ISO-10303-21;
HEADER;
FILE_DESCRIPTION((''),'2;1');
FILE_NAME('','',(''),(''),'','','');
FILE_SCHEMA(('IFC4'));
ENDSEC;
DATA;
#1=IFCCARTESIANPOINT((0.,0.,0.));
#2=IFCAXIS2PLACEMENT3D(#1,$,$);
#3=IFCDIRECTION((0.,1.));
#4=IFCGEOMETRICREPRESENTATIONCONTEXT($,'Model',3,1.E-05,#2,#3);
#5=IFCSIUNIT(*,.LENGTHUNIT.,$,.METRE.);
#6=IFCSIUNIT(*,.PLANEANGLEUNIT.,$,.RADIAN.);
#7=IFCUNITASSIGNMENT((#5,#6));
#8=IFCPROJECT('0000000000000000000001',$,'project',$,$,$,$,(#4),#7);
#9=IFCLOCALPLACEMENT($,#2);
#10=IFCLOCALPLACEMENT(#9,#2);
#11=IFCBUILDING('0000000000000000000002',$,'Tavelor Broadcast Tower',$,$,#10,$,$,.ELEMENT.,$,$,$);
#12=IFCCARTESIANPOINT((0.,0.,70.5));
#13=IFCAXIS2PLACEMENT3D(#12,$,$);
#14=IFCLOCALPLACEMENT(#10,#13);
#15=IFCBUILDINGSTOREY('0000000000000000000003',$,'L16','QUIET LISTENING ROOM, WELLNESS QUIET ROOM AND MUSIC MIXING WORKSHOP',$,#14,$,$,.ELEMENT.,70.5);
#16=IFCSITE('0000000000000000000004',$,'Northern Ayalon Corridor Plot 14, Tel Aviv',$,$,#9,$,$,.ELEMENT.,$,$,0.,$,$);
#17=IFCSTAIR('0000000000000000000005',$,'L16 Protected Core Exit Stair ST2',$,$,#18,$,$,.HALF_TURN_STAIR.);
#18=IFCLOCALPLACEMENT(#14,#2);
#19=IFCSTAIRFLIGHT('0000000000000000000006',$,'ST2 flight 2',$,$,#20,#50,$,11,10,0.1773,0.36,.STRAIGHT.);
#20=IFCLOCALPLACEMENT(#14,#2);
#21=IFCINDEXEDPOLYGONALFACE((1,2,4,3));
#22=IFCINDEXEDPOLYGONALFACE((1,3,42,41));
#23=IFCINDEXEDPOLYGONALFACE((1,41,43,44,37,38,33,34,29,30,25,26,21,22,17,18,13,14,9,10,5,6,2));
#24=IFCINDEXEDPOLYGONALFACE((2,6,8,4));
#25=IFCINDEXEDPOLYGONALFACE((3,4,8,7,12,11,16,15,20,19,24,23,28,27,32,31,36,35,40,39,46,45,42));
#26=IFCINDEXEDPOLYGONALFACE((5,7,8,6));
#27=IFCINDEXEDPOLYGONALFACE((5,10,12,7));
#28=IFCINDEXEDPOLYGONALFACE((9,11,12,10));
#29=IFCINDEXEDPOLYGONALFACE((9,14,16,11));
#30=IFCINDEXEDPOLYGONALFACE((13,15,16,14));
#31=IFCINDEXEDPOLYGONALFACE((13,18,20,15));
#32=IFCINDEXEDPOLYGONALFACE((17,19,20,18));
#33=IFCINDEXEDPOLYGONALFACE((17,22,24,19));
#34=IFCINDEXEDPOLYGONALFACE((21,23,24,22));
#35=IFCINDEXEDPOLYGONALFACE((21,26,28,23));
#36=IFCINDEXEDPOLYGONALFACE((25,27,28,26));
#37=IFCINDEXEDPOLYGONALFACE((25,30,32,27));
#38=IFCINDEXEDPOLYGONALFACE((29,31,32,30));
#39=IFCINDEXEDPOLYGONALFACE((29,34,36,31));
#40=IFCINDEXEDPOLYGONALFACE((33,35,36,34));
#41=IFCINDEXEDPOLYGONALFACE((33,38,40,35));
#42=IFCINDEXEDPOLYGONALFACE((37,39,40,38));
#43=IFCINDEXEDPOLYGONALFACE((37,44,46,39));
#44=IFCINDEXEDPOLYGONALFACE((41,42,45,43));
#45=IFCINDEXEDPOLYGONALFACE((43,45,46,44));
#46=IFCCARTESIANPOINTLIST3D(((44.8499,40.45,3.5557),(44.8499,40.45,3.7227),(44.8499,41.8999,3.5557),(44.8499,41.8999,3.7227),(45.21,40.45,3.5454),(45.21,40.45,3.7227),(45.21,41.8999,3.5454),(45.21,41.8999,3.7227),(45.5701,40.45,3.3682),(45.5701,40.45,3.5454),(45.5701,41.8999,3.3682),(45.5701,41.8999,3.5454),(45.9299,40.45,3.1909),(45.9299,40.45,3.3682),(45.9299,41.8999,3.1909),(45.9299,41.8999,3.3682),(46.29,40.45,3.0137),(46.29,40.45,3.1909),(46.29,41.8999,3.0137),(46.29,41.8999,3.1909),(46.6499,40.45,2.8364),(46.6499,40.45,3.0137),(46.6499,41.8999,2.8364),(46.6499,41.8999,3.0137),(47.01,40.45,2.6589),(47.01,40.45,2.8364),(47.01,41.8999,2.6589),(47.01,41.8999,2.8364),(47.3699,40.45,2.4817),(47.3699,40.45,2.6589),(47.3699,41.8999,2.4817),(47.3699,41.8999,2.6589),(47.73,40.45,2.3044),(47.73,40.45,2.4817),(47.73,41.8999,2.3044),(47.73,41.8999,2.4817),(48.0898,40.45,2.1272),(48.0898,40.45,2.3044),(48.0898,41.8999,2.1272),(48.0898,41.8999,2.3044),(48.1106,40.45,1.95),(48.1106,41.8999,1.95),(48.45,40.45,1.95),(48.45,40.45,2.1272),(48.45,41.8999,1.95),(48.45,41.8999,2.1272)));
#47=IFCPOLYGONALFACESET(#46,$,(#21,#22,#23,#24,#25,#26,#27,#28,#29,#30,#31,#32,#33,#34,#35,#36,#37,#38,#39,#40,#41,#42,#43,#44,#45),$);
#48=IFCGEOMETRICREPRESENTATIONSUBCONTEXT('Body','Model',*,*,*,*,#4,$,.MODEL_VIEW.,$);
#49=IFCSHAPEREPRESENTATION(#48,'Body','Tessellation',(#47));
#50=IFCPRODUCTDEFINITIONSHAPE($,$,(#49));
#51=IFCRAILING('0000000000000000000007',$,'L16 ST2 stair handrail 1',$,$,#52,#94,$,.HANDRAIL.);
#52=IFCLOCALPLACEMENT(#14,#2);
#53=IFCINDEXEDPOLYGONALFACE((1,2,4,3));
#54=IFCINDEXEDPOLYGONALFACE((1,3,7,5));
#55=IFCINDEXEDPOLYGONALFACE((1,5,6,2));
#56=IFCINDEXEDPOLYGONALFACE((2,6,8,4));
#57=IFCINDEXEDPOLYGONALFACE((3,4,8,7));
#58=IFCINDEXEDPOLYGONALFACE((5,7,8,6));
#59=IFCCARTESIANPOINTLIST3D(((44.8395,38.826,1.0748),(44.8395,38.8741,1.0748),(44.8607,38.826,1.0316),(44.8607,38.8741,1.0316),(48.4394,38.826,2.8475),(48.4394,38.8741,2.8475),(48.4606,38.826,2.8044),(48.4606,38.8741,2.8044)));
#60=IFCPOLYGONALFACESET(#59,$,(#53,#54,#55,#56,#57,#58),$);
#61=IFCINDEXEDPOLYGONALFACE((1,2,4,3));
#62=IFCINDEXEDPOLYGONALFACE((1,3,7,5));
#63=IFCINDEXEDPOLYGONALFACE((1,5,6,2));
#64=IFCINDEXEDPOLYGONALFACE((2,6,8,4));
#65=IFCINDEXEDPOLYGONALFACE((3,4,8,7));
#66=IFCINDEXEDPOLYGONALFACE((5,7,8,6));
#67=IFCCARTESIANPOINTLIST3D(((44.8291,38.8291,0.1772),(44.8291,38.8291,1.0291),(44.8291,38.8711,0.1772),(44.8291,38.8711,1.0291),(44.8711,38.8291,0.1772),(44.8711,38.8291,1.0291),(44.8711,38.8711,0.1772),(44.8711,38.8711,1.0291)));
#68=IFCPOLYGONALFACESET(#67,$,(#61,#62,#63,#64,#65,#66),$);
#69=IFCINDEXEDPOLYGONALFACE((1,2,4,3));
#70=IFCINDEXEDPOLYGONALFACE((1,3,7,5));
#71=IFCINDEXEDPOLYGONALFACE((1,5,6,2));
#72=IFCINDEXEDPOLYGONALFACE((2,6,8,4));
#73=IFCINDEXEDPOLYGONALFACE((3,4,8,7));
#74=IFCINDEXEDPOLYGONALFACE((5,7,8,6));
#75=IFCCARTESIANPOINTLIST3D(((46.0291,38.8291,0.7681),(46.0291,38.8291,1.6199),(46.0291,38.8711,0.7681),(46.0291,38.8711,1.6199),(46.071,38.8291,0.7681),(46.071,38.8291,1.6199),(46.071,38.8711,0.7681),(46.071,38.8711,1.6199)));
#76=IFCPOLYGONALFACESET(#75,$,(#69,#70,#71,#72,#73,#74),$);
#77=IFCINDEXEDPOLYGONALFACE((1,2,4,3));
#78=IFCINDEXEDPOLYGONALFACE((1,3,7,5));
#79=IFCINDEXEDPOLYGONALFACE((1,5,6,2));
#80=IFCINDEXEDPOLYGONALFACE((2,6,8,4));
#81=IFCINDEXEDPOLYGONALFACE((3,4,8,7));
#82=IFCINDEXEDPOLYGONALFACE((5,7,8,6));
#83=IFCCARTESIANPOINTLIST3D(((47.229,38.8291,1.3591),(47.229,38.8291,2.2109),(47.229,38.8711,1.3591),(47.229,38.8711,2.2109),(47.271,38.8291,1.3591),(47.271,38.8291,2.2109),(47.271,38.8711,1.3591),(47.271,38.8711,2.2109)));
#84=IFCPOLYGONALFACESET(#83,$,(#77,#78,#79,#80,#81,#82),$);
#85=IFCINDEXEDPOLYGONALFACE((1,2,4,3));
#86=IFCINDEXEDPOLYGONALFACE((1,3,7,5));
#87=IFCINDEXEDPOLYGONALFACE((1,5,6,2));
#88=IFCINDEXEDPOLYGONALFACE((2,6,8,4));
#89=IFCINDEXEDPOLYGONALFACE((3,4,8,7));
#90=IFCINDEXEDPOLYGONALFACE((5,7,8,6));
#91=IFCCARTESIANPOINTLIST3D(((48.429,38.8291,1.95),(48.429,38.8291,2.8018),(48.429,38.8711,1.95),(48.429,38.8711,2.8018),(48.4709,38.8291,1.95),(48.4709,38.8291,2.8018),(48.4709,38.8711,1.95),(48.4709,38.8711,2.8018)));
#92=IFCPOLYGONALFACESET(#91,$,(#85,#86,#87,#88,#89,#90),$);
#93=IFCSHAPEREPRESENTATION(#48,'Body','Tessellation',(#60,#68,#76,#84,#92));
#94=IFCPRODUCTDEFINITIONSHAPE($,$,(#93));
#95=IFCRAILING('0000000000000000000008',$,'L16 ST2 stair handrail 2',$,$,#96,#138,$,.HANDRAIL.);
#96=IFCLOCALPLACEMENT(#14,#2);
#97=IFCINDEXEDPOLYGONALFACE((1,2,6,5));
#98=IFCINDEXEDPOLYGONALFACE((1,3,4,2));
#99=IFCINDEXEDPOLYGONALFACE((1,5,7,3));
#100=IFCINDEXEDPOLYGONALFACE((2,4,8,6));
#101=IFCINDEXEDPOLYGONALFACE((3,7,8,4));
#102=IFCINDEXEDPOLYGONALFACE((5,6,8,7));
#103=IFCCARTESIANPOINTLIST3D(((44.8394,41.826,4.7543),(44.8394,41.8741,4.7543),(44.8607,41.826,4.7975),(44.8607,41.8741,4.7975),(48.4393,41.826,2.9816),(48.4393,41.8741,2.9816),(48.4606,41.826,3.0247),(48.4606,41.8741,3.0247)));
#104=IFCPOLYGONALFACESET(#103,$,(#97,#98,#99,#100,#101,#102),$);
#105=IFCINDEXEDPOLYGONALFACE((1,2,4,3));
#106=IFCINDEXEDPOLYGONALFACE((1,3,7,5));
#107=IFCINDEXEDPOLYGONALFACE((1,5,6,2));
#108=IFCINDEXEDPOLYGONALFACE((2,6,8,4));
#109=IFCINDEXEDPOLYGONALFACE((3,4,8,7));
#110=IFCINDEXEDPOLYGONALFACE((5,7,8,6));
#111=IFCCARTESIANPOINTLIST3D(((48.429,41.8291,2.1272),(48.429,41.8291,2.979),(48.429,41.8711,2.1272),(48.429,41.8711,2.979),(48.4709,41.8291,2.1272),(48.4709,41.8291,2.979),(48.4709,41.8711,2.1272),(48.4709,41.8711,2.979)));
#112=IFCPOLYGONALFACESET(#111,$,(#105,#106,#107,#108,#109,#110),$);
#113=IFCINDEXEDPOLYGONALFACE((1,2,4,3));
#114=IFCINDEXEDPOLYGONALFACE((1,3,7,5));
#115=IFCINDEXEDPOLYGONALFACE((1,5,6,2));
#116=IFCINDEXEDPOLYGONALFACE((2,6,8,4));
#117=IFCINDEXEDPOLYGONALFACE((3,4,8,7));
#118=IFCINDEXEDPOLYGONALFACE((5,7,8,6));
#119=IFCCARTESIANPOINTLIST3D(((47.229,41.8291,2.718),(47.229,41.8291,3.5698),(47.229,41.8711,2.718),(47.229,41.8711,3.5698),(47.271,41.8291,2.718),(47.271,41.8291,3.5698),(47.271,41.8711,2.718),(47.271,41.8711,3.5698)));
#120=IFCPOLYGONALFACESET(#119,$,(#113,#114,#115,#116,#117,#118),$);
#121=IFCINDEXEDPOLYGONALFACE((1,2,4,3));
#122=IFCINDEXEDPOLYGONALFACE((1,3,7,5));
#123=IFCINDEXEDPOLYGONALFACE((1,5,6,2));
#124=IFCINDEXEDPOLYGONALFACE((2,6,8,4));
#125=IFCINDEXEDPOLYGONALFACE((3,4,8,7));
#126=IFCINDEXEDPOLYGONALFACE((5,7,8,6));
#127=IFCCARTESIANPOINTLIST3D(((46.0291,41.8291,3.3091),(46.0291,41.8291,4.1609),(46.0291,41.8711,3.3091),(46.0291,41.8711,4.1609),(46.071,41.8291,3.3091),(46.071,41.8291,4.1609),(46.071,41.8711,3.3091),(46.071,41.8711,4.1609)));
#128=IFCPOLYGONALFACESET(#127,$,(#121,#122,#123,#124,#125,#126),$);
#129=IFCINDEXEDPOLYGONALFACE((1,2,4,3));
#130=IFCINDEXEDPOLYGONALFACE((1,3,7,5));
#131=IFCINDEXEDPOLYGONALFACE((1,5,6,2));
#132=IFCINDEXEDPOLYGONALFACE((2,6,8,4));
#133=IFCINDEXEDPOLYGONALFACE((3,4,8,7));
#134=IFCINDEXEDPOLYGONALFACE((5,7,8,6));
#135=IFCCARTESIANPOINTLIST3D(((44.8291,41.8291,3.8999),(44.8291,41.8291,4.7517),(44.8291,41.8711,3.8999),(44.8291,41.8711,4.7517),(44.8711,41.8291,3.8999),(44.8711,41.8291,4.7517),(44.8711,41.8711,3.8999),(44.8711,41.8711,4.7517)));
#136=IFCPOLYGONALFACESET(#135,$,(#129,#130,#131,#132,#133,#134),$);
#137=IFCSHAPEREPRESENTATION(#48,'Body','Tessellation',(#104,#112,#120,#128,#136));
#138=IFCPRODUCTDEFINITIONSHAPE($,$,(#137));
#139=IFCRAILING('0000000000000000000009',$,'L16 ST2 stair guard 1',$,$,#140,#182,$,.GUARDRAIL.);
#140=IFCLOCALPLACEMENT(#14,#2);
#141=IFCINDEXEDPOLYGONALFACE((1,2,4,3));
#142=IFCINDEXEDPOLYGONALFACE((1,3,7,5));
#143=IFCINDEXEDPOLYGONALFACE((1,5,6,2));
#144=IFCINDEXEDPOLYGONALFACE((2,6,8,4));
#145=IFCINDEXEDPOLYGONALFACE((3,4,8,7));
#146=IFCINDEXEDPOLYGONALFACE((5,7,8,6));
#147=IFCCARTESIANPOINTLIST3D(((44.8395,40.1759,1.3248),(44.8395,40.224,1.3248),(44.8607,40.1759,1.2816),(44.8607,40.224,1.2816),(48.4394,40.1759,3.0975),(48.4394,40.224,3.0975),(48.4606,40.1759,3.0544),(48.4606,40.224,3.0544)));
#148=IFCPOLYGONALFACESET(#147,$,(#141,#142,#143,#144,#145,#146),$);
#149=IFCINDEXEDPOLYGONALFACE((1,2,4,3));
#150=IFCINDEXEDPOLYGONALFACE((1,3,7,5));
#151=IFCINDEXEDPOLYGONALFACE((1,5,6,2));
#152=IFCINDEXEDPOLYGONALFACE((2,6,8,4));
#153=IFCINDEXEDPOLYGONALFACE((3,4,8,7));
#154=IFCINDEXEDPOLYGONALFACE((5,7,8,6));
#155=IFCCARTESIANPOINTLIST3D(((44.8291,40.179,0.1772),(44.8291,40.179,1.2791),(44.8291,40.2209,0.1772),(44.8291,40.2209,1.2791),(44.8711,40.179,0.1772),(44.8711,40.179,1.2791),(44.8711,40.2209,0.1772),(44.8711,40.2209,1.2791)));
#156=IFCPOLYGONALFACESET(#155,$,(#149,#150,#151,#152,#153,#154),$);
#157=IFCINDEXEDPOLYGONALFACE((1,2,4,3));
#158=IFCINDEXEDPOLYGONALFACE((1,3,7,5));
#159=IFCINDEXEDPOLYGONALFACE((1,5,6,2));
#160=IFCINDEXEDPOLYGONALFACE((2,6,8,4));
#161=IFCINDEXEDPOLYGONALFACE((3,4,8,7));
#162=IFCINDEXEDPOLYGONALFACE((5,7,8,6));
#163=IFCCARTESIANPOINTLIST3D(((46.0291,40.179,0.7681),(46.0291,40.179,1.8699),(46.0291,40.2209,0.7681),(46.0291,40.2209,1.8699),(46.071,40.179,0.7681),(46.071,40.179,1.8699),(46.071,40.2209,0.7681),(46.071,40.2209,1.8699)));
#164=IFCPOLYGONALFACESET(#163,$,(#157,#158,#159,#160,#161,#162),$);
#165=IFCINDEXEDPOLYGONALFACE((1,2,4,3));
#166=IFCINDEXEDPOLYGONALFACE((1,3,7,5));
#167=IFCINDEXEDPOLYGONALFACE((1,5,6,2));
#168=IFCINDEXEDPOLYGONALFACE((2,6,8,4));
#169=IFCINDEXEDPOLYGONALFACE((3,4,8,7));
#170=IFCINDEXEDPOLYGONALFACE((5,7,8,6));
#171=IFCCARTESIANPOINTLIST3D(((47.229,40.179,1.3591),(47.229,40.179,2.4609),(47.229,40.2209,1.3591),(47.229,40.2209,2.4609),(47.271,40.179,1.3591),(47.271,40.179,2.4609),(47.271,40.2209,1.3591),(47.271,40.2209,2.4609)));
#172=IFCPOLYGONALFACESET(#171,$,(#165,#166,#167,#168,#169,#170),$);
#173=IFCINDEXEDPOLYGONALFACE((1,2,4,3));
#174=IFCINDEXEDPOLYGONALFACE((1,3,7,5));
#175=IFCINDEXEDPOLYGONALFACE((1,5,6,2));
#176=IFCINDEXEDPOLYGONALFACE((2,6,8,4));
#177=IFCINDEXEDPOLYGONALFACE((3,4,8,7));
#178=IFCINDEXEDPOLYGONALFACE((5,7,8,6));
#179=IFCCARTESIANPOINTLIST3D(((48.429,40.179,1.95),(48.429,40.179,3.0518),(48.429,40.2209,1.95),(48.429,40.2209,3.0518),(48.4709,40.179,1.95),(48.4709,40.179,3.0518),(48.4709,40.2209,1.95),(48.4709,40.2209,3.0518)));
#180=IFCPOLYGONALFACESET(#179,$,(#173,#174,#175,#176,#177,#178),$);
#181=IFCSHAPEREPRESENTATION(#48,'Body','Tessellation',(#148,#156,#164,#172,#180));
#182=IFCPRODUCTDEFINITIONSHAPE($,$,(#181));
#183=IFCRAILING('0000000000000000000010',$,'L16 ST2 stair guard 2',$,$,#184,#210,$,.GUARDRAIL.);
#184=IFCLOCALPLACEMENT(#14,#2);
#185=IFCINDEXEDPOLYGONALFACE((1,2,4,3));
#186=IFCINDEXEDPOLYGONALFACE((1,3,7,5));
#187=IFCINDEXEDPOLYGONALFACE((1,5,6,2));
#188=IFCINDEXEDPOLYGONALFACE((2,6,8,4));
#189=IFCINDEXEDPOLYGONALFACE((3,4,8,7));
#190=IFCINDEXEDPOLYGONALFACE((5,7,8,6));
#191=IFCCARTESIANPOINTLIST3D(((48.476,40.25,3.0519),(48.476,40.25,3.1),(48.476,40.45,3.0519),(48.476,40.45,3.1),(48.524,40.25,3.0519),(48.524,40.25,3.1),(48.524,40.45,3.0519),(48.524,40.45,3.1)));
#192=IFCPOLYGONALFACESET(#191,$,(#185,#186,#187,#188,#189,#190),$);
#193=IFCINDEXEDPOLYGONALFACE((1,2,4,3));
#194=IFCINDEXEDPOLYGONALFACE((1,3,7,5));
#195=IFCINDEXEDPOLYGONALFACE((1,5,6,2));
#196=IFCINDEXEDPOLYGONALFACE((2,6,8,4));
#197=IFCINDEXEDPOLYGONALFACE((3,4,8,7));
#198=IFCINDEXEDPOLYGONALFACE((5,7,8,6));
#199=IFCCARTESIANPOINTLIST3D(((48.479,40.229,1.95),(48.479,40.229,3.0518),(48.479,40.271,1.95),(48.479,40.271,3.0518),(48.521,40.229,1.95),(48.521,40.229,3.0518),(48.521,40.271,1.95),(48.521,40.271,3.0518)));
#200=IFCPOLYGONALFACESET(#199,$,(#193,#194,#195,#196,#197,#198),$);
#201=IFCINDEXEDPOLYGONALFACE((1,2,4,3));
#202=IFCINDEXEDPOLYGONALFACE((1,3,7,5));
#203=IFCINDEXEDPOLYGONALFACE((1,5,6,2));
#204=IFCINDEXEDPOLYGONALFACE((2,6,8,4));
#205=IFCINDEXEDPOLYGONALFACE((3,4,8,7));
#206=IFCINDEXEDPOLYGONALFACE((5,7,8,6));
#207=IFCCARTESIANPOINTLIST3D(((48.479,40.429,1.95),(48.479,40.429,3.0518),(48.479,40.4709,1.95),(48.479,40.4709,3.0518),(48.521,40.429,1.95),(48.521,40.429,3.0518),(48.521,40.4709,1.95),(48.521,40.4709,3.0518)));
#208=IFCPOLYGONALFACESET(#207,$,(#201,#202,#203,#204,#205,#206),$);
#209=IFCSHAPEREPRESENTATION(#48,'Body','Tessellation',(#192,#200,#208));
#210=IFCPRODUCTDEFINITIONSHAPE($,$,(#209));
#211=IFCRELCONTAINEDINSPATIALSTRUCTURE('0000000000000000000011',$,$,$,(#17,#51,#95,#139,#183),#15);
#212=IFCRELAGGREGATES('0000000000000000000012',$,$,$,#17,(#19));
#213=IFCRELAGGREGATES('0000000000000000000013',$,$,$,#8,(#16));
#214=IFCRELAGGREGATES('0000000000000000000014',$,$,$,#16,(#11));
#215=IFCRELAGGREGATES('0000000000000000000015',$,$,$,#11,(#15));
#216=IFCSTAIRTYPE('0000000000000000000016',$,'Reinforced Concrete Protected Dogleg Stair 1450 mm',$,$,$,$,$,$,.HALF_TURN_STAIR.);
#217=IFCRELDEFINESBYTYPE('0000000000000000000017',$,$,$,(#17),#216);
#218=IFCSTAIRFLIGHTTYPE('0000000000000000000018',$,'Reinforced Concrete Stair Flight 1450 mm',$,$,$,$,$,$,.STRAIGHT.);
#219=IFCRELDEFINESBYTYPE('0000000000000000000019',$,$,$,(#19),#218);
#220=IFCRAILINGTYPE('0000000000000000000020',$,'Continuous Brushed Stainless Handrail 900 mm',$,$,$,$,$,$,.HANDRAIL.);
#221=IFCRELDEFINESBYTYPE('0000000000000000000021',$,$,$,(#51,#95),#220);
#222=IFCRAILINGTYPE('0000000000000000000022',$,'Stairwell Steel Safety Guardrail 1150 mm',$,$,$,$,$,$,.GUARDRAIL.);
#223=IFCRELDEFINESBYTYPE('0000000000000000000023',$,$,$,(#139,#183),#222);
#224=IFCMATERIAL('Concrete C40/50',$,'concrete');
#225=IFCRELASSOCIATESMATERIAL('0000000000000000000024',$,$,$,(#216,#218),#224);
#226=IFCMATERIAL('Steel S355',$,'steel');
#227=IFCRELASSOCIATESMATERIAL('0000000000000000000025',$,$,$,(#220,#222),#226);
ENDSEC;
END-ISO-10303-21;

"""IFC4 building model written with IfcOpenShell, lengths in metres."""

from ifc_helpers import new_model, si_unit, direction, frame, origin, origin_2d, place, context, subcontext, project, spatial, polyline, rectangle, outline, extrude, material, type_object, element, aggregate, save


model = new_model("IFC4")

# Units and contexts
model_context = context("Model", 3, precision=1e-05, world=origin(), true_north=direction((0.0, 1.0)))
body_context = subcontext(model_context, "Body", "Model", "MODEL_VIEW")
ifc_project = project(units=[si_unit("LENGTHUNIT", "METRE"), si_unit("PLANEANGLEUNIT", "RADIAN")], contexts=[model_context])

# Site, building, storey
site_placement = place(None, origin())
site = spatial("IfcSite", under=ifc_project, at=site_placement, Name="Northern Ayalon Corridor Plot 14, Tel Aviv", CompositionType="ELEMENT", RefElevation=0.0)
building_placement = place(site_placement, origin())
building = spatial("IfcBuilding", under=site, at=building_placement, Name="Tavelor Broadcast Tower", CompositionType="ELEMENT")
storey_placement = place(building_placement, frame((0.0, 0.0, 70.5)))
storey = spatial("IfcBuildingStorey", under=building, at=storey_placement, Name="L16", Description="QUIET LISTENING ROOM, WELLNESS QUIET ROOM AND MUSIC MIXING WORKSHOP", CompositionType="ELEMENT", Elevation=70.5)

# Shared definitions
ifc_material_1 = material(Name="Concrete C40/50", Category="concrete")
ifc_material_2 = material(Name="Steel S355", Category="steel")

# Stair, stair flight
stair_type = type_object("IfcStairType", Name="Reinforced Concrete Protected Dogleg Stair 1450 mm", PredefinedType="HALF_TURN_STAIR", material=ifc_material_1)
stair_placement = place(storey_placement, origin())
stair = element("IfcStair", 1, at=stair_placement, inside=storey, type_object=stair_type, Name="L16 Protected Core Exit Stair ST2", PredefinedType="HALF_TURN_STAIR")
stair_flight_type = type_object("IfcStairFlightType", Name="Reinforced Concrete Stair Flight 1450 mm", PredefinedType="STRAIGHT", material=ifc_material_1)
stair_flight_1_placement = place(storey_placement, frame((48.45, 41.175, 1.95), z_axis=(0.0, 0.0, 1.0), x_axis=(-1.0, 0.0, 0.0)))
stair_flight_1 = element("IfcStairFlight", 2, at=stair_flight_1_placement, type_object=stair_flight_type, Name="ST2 flight 2", NumberOfRisers=11, NumberOfTreads=10, PredefinedType="STRAIGHT", RiserHeight=0.1773, TreadLength=0.36, context=body_context, shape_type="SweptSolid", body=[
    extrude(outline(polyline([(0.0, 0.0), (0.0, 0.1772), (0.3601, 0.1772), (0.3601, 0.3545), (0.72, 0.3545), (0.72, 0.5317), (1.0801, 0.5317), (1.0801, 0.709), (1.4399, 0.709), (1.4399, 0.8865), (1.8, 0.8865), (1.8, 1.0637), (2.1599, 1.0637), (2.1599, 1.241), (2.52, 1.241), (2.52, 1.4182), (2.8799, 1.4182), (2.8799, 1.5955), (3.24, 1.5955), (3.24, 1.7727), (3.6001, 1.7727), (3.6001, 1.95), (3.6001, 1.6057), (0.3394, 0.0), (0.0, 0.0)])), frame((0.0, 0.7251, 0.0), z_axis=(0.0, -1.0, 0.0), x_axis=(1.0, 0.0, 0.0)), (0.0, 0.0, 1.0), 1.45),
])
aggregate(stair, [stair_flight_1])

# Railings
railing_type_1 = type_object("IfcRailingType", Name="Continuous Brushed Stainless Handrail 900 mm", PredefinedType="HANDRAIL", material=ifc_material_2)
railing_1_placement = place(storey_placement, frame((44.8501, 38.8501, 0.1772)))
element("IfcRailing", 3, at=railing_1_placement, inside=storey, type_object=railing_type_1, Name="L16 ST2 stair handrail 1", PredefinedType="HANDRAIL", context=body_context, shape_type="SweptSolid", body=[
    extrude(rectangle(XDim=0.0481, YDim=0.0481, at=origin_2d()), frame((0.0, 0.0, 0.876), z_axis=(0.897124, 0.0, 0.441778), x_axis=(0.0, 1.0, 0.0)), (0.0, 0.0, 1.0), 4.0127),
    extrude(rectangle(XDim=0.042, YDim=0.042, at=origin_2d()), origin(), (0.0, 0.0, 1.0), 0.8518),
    extrude(rectangle(XDim=0.042, YDim=0.042, at=origin_2d()), frame((1.2, 0.0, 0.5908)), (0.0, 0.0, 1.0), 0.8518),
    extrude(rectangle(XDim=0.042, YDim=0.042, at=origin_2d()), frame((2.3999, 0.0, 1.1819)), (0.0, 0.0, 1.0), 0.8518),
    extrude(rectangle(XDim=0.042, YDim=0.042, at=origin_2d()), frame((3.5999, 0.0, 1.7727)), (0.0, 0.0, 1.0), 0.8518),
])
railing_2_placement = place(storey_placement, frame((48.45, 41.8501, 2.1272)))
element("IfcRailing", 4, at=railing_2_placement, inside=storey, type_object=railing_type_1, Name="L16 ST2 stair handrail 2", PredefinedType="HANDRAIL", context=body_context, shape_type="SweptSolid", body=[
    extrude(rectangle(XDim=0.0481, YDim=0.0481, at=origin_2d()), frame((0.0, 0.0, 0.876), z_axis=(-0.897124, 0.0, 0.441778), x_axis=(0.0, -1.0, 0.0)), (0.0, 0.0, 1.0), 4.0127),
    extrude(rectangle(XDim=0.042, YDim=0.042, at=origin_2d()), origin(), (0.0, 0.0, 1.0), 0.8518),
    extrude(rectangle(XDim=0.042, YDim=0.042, at=origin_2d()), frame((-1.2, 0.0, 0.5908)), (0.0, 0.0, 1.0), 0.8518),
    extrude(rectangle(XDim=0.042, YDim=0.042, at=origin_2d()), frame((-2.3999, 0.0, 1.1819)), (0.0, 0.0, 1.0), 0.8518),
    extrude(rectangle(XDim=0.042, YDim=0.042, at=origin_2d()), frame((-3.5999, 0.0, 1.7727)), (0.0, 0.0, 1.0), 0.8518),
])
railing_type_2 = type_object("IfcRailingType", Name="Stairwell Steel Safety Guardrail 1150 mm", PredefinedType="GUARDRAIL", material=ifc_material_2)
railing_3_placement = place(storey_placement, frame((44.8501, 40.2, 0.1772)))
element("IfcRailing", 5, at=railing_3_placement, inside=storey, type_object=railing_type_2, Name="L16 ST2 stair guard 1", PredefinedType="GUARDRAIL", context=body_context, shape_type="SweptSolid", body=[
    extrude(rectangle(XDim=0.0481, YDim=0.0481, at=origin_2d()), frame((0.0, 0.0, 1.126), z_axis=(0.897124, 0.0, 0.441778), x_axis=(0.0, 1.0, 0.0)), (0.0, 0.0, 1.0), 4.0127),
    extrude(rectangle(XDim=0.042, YDim=0.042, at=origin_2d()), origin(), (0.0, 0.0, 1.0), 1.1018),
    extrude(rectangle(XDim=0.042, YDim=0.042, at=origin_2d()), frame((1.2, 0.0, 0.5908)), (0.0, 0.0, 1.0), 1.1018),
    extrude(rectangle(XDim=0.042, YDim=0.042, at=origin_2d()), frame((2.3999, 0.0, 1.1819)), (0.0, 0.0, 1.0), 1.1018),
    extrude(rectangle(XDim=0.042, YDim=0.042, at=origin_2d()), frame((3.5999, 0.0, 1.7727)), (0.0, 0.0, 1.0), 1.1018),
])
railing_4_placement = place(storey_placement, frame((48.5, 40.25, 1.95)))
element("IfcRailing", 6, at=railing_4_placement, inside=storey, type_object=railing_type_2, Name="L16 ST2 stair guard 2", PredefinedType="GUARDRAIL", context=body_context, shape_type="SweptSolid", body=[
    extrude(rectangle(XDim=0.0481, YDim=0.0481, at=origin_2d()), frame((0.0, 0.0, 1.126), z_axis=(0.0, 1.0, 0.0), x_axis=(-1.0, 0.0, 0.0)), (0.0, 0.0, 1.0), 0.2),
    extrude(rectangle(XDim=0.042, YDim=0.042, at=origin_2d()), origin(), (0.0, 0.0, 1.0), 1.1018),
    extrude(rectangle(XDim=0.042, YDim=0.042, at=origin_2d()), frame((0.0, 0.2, 0.0)), (0.0, 0.0, 1.0), 1.1018),
])

save(model, "model.ifc")
